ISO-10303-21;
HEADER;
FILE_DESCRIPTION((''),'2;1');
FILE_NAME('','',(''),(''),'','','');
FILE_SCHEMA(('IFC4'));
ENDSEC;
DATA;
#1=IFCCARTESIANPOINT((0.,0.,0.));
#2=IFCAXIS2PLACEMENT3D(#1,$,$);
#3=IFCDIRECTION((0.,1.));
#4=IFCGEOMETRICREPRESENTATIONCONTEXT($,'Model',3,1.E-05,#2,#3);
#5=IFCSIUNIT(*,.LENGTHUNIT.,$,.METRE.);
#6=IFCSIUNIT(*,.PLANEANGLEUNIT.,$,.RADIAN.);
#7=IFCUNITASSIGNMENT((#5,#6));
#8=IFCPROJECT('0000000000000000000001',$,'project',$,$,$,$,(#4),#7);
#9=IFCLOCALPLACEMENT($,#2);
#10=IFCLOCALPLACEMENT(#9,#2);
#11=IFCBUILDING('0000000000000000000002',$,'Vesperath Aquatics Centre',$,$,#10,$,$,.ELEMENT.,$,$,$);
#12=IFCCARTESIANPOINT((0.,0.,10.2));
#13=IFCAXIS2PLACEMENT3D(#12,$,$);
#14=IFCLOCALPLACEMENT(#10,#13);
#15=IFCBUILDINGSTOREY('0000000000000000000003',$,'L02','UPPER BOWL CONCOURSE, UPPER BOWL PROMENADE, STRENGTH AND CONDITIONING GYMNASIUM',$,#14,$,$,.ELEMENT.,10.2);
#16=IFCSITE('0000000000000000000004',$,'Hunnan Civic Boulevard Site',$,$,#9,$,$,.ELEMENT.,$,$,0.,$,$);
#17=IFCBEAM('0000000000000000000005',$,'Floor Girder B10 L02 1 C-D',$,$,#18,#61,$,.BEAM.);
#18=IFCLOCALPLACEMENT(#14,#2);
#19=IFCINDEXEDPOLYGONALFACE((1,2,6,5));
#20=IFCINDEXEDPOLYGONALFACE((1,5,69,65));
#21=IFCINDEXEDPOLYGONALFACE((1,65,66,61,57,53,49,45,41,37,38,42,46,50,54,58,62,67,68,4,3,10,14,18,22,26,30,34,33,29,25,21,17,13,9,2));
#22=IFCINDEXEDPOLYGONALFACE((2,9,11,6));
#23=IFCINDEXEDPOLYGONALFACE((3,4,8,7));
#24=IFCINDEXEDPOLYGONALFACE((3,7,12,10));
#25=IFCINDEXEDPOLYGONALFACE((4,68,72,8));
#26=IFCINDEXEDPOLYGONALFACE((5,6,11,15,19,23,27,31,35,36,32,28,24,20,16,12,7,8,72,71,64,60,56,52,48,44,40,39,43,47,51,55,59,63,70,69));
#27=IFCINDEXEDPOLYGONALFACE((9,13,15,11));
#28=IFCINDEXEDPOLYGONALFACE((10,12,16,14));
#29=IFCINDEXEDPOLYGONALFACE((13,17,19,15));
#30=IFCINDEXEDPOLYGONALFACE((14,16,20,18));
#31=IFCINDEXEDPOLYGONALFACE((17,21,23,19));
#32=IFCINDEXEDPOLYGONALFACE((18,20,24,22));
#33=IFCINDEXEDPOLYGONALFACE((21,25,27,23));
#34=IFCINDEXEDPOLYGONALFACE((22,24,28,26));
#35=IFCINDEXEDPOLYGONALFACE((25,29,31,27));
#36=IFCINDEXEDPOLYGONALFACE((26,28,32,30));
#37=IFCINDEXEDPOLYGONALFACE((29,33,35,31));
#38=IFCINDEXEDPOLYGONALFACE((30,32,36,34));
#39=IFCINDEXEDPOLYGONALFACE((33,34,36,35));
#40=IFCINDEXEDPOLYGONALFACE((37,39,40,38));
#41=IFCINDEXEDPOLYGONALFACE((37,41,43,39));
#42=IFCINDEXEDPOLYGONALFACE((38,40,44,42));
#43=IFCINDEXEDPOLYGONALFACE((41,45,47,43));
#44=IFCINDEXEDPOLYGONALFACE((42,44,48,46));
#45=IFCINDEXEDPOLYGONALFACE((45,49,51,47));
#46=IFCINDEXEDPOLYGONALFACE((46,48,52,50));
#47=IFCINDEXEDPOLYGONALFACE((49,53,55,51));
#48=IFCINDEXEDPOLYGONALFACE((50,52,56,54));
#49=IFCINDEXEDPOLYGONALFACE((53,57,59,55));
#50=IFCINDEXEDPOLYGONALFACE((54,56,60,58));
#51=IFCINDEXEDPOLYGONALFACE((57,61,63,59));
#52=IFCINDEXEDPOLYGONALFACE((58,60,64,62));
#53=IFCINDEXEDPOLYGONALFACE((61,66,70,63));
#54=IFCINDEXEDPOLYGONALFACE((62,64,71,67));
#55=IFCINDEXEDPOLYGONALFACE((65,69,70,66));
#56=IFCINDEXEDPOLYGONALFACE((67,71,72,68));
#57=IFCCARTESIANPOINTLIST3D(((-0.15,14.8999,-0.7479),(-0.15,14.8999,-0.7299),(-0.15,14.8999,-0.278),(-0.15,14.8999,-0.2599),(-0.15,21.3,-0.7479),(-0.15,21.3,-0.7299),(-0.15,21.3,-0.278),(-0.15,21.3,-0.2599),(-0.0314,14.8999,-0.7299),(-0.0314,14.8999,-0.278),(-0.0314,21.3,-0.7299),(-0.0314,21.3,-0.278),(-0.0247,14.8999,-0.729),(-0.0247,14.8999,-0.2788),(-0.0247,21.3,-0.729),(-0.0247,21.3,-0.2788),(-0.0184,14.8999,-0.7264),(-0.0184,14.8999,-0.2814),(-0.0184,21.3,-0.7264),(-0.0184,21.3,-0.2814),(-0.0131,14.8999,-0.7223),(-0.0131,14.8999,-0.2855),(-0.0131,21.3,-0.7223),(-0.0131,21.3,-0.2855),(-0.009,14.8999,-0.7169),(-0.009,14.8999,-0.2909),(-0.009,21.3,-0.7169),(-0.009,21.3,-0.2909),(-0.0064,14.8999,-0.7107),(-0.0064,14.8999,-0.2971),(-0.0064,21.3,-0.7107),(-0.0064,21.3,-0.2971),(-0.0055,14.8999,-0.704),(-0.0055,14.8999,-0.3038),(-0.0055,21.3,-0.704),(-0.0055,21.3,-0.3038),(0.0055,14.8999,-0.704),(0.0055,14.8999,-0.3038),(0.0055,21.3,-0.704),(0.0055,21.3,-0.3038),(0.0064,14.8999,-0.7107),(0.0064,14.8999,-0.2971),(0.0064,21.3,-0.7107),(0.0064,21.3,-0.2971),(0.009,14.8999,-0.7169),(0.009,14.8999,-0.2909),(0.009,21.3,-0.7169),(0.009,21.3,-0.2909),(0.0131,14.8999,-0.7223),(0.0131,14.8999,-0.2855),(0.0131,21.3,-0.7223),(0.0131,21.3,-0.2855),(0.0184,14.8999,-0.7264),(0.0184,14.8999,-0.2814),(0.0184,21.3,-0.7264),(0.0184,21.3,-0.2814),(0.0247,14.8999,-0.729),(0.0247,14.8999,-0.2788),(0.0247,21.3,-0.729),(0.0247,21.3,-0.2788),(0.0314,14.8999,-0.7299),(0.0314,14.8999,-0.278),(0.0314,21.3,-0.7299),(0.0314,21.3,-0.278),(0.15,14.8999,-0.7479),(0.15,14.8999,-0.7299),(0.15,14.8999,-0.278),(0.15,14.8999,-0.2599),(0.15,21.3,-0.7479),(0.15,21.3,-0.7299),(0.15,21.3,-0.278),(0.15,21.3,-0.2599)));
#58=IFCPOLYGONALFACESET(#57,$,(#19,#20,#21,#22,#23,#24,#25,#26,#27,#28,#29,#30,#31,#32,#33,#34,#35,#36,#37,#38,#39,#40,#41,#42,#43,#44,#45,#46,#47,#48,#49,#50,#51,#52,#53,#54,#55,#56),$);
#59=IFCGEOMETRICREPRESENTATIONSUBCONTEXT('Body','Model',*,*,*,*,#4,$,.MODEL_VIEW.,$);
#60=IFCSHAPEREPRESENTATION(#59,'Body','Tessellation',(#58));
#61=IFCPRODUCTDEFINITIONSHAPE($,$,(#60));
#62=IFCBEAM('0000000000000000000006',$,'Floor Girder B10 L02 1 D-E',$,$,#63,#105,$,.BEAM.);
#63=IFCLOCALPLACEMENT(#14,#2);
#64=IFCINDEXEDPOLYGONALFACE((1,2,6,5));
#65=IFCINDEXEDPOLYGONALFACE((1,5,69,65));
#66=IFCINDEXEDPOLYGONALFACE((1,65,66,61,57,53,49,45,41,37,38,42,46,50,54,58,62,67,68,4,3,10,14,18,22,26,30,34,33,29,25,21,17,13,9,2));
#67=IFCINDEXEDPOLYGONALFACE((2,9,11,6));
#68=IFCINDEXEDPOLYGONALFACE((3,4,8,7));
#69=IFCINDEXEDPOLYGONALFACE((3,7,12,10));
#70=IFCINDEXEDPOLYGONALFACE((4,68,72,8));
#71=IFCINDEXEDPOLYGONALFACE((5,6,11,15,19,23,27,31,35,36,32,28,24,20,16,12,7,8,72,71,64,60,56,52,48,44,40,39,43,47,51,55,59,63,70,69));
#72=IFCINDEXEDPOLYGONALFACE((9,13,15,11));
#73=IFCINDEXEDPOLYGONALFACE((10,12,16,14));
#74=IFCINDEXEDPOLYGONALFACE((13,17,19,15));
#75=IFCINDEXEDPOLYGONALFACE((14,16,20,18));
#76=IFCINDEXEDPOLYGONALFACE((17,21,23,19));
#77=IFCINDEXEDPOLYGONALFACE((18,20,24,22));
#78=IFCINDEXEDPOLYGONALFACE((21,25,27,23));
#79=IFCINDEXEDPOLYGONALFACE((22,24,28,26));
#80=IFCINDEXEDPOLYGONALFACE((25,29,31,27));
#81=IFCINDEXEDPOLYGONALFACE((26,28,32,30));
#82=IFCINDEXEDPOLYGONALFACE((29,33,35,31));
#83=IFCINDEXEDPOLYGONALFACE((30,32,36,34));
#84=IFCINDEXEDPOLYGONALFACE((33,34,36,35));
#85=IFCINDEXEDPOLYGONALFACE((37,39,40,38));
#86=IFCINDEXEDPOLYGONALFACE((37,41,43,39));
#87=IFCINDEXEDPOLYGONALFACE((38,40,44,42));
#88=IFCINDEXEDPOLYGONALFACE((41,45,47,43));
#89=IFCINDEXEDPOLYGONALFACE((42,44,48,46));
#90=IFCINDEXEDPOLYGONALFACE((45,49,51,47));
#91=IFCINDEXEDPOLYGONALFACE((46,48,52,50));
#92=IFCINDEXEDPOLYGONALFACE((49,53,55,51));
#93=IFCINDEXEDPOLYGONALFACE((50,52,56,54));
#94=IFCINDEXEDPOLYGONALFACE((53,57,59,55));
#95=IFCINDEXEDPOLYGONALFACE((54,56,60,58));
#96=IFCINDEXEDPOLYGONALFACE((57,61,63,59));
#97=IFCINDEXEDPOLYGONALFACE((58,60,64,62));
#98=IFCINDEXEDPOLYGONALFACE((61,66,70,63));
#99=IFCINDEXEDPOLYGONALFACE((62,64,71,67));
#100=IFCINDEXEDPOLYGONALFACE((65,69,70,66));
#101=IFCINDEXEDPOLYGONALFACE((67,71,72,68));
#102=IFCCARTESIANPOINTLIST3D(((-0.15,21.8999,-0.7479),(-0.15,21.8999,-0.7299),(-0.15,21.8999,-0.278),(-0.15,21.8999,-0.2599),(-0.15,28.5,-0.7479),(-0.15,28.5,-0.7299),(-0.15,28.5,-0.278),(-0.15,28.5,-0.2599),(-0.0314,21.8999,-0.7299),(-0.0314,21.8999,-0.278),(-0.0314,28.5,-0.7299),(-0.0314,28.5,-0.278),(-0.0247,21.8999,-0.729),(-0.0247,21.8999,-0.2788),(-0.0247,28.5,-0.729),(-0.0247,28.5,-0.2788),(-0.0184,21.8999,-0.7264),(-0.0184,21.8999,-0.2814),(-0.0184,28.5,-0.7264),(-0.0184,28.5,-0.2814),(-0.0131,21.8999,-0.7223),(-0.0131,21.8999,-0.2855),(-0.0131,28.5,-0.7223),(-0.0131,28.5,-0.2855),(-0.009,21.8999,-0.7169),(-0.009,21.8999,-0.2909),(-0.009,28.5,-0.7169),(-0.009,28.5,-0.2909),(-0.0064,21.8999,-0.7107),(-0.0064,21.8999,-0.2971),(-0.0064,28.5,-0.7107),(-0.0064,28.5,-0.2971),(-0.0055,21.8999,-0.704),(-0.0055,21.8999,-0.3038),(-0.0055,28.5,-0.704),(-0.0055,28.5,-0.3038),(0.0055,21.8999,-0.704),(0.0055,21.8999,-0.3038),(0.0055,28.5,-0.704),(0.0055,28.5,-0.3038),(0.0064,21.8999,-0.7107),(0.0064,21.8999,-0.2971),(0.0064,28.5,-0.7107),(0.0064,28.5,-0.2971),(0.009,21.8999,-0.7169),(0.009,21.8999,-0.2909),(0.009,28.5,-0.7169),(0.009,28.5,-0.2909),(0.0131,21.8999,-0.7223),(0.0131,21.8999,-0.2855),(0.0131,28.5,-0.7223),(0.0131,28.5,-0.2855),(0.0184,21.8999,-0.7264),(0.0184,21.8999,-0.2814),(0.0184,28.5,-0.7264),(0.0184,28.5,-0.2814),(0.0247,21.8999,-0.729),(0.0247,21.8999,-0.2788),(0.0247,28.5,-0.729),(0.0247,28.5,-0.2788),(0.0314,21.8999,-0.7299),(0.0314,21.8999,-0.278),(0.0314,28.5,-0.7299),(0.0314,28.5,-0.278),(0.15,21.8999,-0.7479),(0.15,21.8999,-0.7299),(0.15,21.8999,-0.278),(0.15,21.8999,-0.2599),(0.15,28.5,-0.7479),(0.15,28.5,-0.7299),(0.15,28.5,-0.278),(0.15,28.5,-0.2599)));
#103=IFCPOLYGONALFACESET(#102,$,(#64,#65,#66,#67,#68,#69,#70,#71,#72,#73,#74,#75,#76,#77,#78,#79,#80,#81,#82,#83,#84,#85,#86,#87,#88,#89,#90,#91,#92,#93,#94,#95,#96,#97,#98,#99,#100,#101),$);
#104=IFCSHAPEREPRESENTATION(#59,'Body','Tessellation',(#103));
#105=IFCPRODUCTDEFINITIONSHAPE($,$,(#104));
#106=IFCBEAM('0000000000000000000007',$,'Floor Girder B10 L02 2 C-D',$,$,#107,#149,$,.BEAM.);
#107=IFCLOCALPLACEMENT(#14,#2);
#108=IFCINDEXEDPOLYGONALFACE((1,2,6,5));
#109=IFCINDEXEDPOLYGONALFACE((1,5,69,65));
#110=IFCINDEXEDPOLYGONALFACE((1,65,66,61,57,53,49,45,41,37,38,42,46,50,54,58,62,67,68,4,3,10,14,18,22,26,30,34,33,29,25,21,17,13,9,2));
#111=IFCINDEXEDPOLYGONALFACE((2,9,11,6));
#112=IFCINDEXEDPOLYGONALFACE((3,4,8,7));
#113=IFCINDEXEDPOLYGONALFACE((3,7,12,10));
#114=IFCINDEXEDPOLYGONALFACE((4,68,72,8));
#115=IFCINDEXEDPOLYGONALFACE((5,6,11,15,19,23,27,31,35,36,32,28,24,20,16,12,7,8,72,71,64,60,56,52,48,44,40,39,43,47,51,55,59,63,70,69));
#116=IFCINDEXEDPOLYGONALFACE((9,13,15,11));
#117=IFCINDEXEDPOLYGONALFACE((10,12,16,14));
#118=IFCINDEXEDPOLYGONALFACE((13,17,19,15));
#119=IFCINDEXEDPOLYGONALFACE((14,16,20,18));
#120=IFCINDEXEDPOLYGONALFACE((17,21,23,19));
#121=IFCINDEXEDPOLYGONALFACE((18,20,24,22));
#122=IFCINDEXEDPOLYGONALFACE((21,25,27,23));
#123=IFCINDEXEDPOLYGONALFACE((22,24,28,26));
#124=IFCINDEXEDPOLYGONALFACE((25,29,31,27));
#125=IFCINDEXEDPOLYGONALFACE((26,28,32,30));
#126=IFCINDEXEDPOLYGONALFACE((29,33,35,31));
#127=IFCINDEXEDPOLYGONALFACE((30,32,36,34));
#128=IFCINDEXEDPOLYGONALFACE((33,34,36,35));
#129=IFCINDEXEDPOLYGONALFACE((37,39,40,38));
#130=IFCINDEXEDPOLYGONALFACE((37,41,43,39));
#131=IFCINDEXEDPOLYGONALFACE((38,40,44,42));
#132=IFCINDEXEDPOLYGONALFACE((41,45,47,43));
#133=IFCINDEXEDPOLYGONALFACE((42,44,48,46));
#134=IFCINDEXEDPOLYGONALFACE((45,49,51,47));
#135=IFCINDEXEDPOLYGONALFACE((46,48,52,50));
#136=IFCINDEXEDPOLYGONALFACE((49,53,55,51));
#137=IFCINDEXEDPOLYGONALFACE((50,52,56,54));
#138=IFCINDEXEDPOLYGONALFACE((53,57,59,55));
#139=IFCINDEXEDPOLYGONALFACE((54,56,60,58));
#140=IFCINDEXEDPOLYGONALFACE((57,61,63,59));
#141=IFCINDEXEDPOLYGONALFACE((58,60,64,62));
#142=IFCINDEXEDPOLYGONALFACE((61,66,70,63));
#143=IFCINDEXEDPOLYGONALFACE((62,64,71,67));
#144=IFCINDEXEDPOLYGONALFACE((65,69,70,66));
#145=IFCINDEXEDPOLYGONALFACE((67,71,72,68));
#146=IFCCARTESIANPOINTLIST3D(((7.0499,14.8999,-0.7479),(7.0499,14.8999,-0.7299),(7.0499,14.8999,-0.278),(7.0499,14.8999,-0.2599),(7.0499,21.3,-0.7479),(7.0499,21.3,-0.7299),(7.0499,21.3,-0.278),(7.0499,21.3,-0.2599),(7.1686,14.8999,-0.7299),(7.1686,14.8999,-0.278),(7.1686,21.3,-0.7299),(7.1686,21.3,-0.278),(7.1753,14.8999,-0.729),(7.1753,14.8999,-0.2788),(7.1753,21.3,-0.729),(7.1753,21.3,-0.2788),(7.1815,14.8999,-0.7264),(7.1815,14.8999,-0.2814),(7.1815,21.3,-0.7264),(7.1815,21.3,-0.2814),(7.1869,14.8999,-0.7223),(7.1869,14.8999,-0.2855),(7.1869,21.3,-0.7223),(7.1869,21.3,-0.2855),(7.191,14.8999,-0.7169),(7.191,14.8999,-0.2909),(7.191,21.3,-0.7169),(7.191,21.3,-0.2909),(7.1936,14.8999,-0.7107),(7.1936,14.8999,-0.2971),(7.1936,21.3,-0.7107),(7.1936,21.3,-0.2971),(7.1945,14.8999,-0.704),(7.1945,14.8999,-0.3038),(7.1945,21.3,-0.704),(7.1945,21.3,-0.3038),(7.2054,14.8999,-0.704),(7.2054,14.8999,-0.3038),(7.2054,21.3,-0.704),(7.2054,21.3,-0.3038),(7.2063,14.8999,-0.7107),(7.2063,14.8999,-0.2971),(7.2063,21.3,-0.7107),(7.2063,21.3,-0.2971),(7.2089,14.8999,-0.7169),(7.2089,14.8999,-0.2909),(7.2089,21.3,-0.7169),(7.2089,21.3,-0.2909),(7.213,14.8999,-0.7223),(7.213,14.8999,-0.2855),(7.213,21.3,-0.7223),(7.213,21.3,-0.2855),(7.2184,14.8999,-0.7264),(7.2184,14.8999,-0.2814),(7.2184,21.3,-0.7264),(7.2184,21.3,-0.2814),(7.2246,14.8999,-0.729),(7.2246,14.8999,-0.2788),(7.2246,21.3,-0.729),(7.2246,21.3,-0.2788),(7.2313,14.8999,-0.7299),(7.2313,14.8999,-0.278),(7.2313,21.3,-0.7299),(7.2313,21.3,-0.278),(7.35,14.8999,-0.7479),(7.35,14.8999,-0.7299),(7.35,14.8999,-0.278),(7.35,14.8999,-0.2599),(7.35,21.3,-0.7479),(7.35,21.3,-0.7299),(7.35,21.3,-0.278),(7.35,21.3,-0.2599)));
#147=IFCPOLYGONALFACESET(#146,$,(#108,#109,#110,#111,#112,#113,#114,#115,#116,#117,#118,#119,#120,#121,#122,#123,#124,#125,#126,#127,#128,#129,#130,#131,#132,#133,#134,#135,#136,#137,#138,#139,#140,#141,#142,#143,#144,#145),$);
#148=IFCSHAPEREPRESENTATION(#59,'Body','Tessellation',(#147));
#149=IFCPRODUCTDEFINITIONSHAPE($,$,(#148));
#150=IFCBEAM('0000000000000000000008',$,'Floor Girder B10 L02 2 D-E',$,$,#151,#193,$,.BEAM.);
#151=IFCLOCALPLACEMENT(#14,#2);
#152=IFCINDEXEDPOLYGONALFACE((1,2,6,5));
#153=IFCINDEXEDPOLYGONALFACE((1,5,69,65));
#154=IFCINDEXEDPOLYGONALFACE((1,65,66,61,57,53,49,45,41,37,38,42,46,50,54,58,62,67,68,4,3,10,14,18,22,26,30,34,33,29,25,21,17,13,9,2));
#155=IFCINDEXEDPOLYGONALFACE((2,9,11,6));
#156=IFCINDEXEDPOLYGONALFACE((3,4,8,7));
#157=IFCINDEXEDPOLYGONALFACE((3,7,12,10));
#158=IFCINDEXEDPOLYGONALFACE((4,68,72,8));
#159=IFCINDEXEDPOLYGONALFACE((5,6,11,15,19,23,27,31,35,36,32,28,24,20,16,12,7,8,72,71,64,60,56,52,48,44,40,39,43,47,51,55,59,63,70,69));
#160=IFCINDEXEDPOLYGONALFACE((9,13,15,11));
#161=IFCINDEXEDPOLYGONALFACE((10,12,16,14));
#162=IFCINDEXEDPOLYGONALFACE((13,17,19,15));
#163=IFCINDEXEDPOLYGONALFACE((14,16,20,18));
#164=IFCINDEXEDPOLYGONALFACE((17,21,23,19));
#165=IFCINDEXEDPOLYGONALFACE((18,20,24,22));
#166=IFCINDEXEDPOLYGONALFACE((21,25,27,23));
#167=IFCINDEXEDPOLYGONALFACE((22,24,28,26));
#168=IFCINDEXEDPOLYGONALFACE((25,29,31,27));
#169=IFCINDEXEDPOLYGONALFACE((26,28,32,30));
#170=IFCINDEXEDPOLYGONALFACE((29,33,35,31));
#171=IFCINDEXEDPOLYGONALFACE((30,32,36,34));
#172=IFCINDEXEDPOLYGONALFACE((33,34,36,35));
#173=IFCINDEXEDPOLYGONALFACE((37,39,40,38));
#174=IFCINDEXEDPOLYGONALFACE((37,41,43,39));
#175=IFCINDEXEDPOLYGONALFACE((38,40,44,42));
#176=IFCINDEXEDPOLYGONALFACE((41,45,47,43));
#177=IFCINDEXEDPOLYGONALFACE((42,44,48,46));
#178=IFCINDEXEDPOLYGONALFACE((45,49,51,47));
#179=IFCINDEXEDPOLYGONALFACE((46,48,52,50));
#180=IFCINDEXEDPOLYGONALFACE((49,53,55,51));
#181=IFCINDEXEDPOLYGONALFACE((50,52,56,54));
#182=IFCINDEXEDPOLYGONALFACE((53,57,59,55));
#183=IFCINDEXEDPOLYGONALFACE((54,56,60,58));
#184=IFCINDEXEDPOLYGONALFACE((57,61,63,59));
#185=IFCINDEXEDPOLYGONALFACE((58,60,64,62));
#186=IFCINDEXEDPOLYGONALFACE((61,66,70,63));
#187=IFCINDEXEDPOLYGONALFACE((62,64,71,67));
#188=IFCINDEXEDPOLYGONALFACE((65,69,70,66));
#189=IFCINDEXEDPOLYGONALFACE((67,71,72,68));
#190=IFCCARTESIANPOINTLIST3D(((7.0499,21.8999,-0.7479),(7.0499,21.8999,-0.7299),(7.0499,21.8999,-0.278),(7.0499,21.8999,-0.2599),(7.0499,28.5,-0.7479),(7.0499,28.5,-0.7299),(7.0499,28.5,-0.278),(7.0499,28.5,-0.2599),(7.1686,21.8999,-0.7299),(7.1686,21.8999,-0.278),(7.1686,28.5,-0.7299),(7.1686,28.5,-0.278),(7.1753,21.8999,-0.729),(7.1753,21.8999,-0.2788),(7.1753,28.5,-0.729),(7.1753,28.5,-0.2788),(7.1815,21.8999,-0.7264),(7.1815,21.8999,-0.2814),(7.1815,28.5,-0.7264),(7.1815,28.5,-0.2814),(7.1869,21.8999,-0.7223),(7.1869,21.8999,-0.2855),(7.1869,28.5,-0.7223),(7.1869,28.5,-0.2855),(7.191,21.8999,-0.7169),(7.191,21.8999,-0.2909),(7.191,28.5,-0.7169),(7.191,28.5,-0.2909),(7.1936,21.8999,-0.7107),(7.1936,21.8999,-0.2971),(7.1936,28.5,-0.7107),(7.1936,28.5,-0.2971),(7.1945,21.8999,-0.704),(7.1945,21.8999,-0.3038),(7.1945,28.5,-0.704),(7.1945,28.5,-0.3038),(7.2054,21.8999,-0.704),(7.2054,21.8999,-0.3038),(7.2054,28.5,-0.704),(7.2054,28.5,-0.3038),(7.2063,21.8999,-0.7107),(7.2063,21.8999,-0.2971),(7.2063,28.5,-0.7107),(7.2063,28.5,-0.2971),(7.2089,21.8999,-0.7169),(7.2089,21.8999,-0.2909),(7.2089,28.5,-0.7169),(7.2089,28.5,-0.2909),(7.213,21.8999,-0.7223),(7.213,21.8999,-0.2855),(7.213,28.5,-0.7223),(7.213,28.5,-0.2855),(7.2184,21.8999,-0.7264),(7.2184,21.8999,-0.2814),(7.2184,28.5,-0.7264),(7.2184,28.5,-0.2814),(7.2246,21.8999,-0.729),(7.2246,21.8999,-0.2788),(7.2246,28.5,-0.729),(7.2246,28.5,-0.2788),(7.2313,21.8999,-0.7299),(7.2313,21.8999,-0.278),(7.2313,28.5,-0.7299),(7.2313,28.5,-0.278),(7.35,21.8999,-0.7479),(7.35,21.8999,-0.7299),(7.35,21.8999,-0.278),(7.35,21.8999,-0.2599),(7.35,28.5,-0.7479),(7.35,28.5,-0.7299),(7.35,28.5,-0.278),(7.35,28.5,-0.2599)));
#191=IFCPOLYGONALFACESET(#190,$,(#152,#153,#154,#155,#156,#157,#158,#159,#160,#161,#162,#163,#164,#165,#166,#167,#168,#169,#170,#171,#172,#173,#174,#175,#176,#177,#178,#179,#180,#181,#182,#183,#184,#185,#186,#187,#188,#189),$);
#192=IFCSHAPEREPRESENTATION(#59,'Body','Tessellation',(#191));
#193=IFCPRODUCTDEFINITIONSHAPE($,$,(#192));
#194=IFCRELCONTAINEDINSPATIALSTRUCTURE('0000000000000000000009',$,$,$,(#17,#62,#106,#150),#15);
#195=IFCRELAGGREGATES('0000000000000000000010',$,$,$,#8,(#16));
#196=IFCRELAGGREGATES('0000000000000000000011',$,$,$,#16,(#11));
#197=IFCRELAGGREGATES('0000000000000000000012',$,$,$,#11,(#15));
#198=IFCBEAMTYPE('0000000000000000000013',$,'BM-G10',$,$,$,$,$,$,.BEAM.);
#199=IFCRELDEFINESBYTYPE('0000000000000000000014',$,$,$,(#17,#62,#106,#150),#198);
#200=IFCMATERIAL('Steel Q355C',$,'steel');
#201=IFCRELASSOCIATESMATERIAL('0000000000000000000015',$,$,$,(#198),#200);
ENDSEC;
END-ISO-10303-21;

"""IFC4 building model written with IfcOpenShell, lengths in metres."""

from ifc_helpers import new_model, si_unit, direction, frame, origin, origin_2d, place, context, subcontext, project, spatial, i_section, extrude, material, material_profile, profile_set, type_object, element, save


model = new_model("IFC4")

# Units and contexts
model_context = context("Model", 3, precision=1e-05, world=origin(), true_north=direction((0.0, 1.0)))
body_context = subcontext(model_context, "Body", "Model", "MODEL_VIEW")
ifc_project = project(units=[si_unit("LENGTHUNIT", "METRE"), si_unit("PLANEANGLEUNIT", "RADIAN")], contexts=[model_context])

# Site, building, storey
site_placement = place(None, origin())
site = spatial("IfcSite", under=ifc_project, at=site_placement, Name="Hunnan Civic Boulevard Site", CompositionType="ELEMENT", RefElevation=0.0)
building_placement = place(site_placement, origin())
building = spatial("IfcBuilding", under=site, at=building_placement, Name="Vesperath Aquatics Centre", CompositionType="ELEMENT")
storey_placement = place(building_placement, frame((0.0, 0.0, 10.2)))
storey = spatial("IfcBuildingStorey", under=building, at=storey_placement, Name="L02", Description="UPPER BOWL CONCOURSE, UPPER BOWL PROMENADE, STRENGTH AND CONDITIONING GYMNASIUM", CompositionType="ELEMENT", Elevation=10.2)

# Beams
ifc_material_1 = material(Name="Steel Q355C", Category="steel")
ifc_material_profile_1 = material_profile(ifc_material_1, i_section(OverallWidth=0.3, OverallDepth=0.488, WebThickness=0.011, FlangeThickness=0.0181, FilletRadius=0.0259, at=origin_2d()), Name="HM 488x300x11x18")
ifc_profile_set_1 = profile_set([ifc_material_profile_1], Name="Steel Q355C")
beam_type_1 = type_object("IfcBeamType", Name="BM-G10", PredefinedType="BEAM", material=ifc_profile_set_1)
beam_1_placement = place(storey_placement, frame((0.0, 14.8999, -0.5039), z_axis=(0.0, 1.0, 0.0), x_axis=(-1.0, 0.0, 0.0)))
element("IfcBeam", 1, at=beam_1_placement, inside=storey, type_object=beam_type_1, Name="Floor Girder B10 L02 1 C-D", PredefinedType="BEAM", context=body_context, shape_type="SweptSolid", body=[
    extrude(i_section(OverallWidth=0.3, OverallDepth=0.488, WebThickness=0.011, FlangeThickness=0.0181, FilletRadius=0.0259, at=origin_2d()), origin(), (0.0, 0.0, 1.0), 6.4001),
])
beam_2_placement = place(storey_placement, frame((0.0, 21.8999, -0.5039), z_axis=(0.0, 1.0, 0.0), x_axis=(-1.0, 0.0, 0.0)))
element("IfcBeam", 2, at=beam_2_placement, inside=storey, type_object=beam_type_1, Name="Floor Girder B10 L02 1 D-E", PredefinedType="BEAM", context=body_context, shape_type="SweptSolid", body=[
    extrude(i_section(OverallWidth=0.3, OverallDepth=0.488, WebThickness=0.011, FlangeThickness=0.0181, FilletRadius=0.0259, at=origin_2d()), origin(), (0.0, 0.0, 1.0), 6.6001),
])
beam_3_placement = place(storey_placement, frame((7.2, 14.8999, -0.5039), z_axis=(0.0, 1.0, 0.0), x_axis=(-1.0, 0.0, 0.0)))
element("IfcBeam", 3, at=beam_3_placement, inside=storey, type_object=beam_type_1, Name="Floor Girder B10 L02 2 C-D", PredefinedType="BEAM", context=body_context, shape_type="SweptSolid", body=[
    extrude(i_section(OverallWidth=0.3, OverallDepth=0.488, WebThickness=0.011, FlangeThickness=0.0181, FilletRadius=0.0259, at=origin_2d()), origin(), (0.0, 0.0, 1.0), 6.4001),
])
for number, where, z_axis, x_axis, name in (
    (4, (7.2, 21.8999, -0.5039), (0.0, 1.0, 0.0), (-1.0, 0.0, 0.0), "Floor Girder B10 L02 2 D-E"),
):
    element("IfcBeam", number, at=place(storey_placement, frame(where, z_axis=z_axis, x_axis=x_axis)), inside=storey, type_object=beam_type_1, Name=name, PredefinedType="BEAM", context=body_context, shape_type="SweptSolid", body=[
        extrude(i_section(OverallWidth=0.3, OverallDepth=0.488, WebThickness=0.011, FlangeThickness=0.0181, FilletRadius=0.0259, at=origin_2d()), origin(), (0.0, 0.0, 1.0), 6.6001),
    ])

save(model, "model.ifc")
